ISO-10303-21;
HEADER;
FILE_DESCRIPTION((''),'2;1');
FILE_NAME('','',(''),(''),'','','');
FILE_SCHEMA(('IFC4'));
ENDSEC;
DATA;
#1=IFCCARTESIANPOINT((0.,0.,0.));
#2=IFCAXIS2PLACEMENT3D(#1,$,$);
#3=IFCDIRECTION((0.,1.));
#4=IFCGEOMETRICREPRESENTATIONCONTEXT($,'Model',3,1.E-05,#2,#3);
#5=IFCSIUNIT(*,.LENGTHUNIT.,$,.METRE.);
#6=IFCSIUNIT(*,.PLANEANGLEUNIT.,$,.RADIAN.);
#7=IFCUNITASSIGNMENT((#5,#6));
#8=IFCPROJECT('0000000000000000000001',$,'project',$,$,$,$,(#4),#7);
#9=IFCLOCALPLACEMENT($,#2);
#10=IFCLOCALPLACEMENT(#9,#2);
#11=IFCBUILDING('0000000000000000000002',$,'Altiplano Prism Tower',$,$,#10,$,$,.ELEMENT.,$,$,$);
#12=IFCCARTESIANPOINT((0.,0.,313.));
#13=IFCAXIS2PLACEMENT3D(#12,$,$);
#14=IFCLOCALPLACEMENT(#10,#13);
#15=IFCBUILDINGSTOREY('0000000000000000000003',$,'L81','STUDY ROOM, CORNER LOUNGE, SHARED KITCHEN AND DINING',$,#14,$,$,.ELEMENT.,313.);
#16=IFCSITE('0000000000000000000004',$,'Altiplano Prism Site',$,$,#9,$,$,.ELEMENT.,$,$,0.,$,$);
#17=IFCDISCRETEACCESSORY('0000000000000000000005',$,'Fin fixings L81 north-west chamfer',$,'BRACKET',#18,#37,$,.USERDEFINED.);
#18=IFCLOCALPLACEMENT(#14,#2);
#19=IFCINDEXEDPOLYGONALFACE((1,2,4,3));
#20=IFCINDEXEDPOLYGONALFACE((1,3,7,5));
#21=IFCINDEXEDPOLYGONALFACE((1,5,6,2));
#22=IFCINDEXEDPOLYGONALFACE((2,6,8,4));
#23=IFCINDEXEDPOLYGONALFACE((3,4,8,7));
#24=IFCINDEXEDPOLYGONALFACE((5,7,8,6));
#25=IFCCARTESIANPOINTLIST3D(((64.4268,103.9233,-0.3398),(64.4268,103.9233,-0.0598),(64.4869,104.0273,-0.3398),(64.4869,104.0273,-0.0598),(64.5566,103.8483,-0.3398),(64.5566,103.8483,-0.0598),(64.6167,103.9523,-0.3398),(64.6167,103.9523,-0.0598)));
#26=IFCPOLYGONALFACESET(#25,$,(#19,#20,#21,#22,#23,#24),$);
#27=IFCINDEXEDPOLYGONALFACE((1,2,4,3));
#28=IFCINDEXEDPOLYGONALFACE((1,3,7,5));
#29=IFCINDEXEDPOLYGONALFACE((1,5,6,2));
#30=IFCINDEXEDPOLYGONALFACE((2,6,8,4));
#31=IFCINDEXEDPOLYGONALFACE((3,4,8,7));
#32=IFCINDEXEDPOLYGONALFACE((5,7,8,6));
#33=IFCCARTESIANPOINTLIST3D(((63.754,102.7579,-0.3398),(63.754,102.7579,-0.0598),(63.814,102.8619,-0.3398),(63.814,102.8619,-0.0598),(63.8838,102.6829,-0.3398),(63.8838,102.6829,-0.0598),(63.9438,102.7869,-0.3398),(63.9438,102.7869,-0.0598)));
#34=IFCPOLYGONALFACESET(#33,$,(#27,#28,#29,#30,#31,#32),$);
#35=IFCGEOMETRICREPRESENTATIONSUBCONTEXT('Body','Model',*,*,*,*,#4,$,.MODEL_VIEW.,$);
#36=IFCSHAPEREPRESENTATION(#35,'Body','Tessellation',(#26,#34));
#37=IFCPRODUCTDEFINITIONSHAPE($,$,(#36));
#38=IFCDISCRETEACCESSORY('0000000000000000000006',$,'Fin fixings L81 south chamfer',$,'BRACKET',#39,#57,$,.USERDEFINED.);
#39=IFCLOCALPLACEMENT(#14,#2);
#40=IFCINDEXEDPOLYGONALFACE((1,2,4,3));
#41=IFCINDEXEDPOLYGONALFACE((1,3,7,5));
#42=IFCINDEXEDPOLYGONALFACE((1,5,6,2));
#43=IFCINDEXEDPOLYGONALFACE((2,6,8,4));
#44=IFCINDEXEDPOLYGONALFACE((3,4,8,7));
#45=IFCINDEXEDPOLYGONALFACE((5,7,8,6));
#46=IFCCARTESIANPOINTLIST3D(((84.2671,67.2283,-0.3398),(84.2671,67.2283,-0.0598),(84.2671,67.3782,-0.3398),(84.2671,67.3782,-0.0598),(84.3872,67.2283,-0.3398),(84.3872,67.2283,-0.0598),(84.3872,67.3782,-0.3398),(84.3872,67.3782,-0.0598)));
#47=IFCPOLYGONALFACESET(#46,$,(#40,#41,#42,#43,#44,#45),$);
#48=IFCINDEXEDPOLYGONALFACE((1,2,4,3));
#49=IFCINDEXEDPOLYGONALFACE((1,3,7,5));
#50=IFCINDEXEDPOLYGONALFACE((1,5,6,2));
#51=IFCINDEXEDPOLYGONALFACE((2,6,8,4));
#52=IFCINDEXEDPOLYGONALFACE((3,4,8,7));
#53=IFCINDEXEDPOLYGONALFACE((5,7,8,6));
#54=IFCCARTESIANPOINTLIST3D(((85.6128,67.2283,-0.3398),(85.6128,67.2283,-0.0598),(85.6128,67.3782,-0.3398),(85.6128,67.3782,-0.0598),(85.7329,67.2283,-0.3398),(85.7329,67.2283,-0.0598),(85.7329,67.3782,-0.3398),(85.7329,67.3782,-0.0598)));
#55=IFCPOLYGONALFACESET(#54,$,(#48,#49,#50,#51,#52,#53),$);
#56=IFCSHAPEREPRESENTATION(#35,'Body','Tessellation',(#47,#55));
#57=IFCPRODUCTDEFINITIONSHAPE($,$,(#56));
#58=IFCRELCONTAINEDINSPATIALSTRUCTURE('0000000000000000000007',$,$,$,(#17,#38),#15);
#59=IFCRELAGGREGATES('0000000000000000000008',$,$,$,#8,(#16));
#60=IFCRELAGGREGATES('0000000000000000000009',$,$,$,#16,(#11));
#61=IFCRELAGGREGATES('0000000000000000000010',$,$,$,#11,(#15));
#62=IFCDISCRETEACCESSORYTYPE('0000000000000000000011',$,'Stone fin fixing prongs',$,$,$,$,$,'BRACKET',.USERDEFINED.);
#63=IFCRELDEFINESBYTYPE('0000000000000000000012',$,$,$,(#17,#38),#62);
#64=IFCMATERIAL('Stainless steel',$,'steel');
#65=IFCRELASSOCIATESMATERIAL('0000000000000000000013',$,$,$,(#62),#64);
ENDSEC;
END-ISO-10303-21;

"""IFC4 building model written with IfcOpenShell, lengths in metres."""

from ifc_helpers import new_model, si_unit, direction, frame, origin, place, context, subcontext, project, spatial, polyline, outline, extrude, source, transform, mapped, material, type_object, element, save


model = new_model("IFC4")

# Units and contexts
model_context = context("Model", 3, precision=1e-05, world=origin(), true_north=direction((0.0, 1.0)))
body_context = subcontext(model_context, "Body", "Model", "MODEL_VIEW")
ifc_project = project(units=[si_unit("LENGTHUNIT", "METRE"), si_unit("PLANEANGLEUNIT", "RADIAN")], contexts=[model_context])

# Site, building, storey
site_placement = place(None, origin())
site = spatial("IfcSite", under=ifc_project, at=site_placement, Name="Altiplano Prism Site", CompositionType="ELEMENT", RefElevation=0.0)
building_placement = place(site_placement, origin())
building = spatial("IfcBuilding", under=site, at=building_placement, Name="Altiplano Prism Tower", CompositionType="ELEMENT")
storey_placement = place(building_placement, frame((0.0, 0.0, 313.0)))
storey = spatial("IfcBuildingStorey", under=building, at=storey_placement, Name="L81", Description="STUDY ROOM, CORNER LOUNGE, SHARED KITCHEN AND DINING", CompositionType="ELEMENT", Elevation=313.0)

# Discrete accessories
ifc_material_1 = material(Name="Stainless steel", Category="steel")
discrete_accessory_type = type_object("IfcDiscreteAccessoryType", Name="Stone fin fixing prongs", ElementType="BRACKET", PredefinedType="USERDEFINED", material=ifc_material_1)
shared_shape_1 = source(origin(), body_context, "Body", "SweptSolid", [
    extrude(outline(polyline([(-0.7329, 0.0601), (-0.6128, 0.0601), (-0.6128, 0.3401), (-0.7329, 0.3401), (-0.7329, 0.0601)])), frame((0.0, 0.0, 0.0), z_axis=(0.0, -1.0, 0.0), x_axis=(1.0, 0.0, 0.0)), (0.0, 0.0, 1.0), 0.1499),
    extrude(outline(polyline([(0.6128, 0.0601), (0.7329, 0.0601), (0.7329, 0.3401), (0.6128, 0.3401), (0.6128, 0.0601)])), frame((0.0, 0.0, 0.0), z_axis=(0.0, -1.0, 0.0), x_axis=(1.0, 0.0, 0.0)), (0.0, 0.0, 1.0), 0.1499),
])
discrete_accessory_1_placement = place(storey_placement, origin())
element("IfcDiscreteAccessory", 1, at=discrete_accessory_1_placement, inside=storey, type_object=discrete_accessory_type, Name="Fin fixings L81 north-west chamfer", ObjectType="BRACKET", PredefinedType="USERDEFINED", context=body_context, shape_type="MappedRepresentation", body=[
    mapped(shared_shape_1, transform((64.2502, 103.3176, -0.3999), x_axis=(-0.5, -0.866025, 0.0), y_axis=(0.866025, -0.5, 0.0), z_axis=(0.0, 0.0, 1.0))),
])
discrete_accessory_2_placement = place(storey_placement, origin())
element("IfcDiscreteAccessory", 2, at=discrete_accessory_2_placement, inside=storey, type_object=discrete_accessory_type, Name="Fin fixings L81 south chamfer", ObjectType="BRACKET", PredefinedType="USERDEFINED", context=body_context, shape_type="MappedRepresentation", body=[
    mapped(shared_shape_1, transform((85.0, 67.3782, -0.3999), x_axis=(1.0, 0.0, 0.0), y_axis=(0.0, 1.0, 0.0), z_axis=(0.0, 0.0, 1.0))),
])

save(model, "model.ifc")
